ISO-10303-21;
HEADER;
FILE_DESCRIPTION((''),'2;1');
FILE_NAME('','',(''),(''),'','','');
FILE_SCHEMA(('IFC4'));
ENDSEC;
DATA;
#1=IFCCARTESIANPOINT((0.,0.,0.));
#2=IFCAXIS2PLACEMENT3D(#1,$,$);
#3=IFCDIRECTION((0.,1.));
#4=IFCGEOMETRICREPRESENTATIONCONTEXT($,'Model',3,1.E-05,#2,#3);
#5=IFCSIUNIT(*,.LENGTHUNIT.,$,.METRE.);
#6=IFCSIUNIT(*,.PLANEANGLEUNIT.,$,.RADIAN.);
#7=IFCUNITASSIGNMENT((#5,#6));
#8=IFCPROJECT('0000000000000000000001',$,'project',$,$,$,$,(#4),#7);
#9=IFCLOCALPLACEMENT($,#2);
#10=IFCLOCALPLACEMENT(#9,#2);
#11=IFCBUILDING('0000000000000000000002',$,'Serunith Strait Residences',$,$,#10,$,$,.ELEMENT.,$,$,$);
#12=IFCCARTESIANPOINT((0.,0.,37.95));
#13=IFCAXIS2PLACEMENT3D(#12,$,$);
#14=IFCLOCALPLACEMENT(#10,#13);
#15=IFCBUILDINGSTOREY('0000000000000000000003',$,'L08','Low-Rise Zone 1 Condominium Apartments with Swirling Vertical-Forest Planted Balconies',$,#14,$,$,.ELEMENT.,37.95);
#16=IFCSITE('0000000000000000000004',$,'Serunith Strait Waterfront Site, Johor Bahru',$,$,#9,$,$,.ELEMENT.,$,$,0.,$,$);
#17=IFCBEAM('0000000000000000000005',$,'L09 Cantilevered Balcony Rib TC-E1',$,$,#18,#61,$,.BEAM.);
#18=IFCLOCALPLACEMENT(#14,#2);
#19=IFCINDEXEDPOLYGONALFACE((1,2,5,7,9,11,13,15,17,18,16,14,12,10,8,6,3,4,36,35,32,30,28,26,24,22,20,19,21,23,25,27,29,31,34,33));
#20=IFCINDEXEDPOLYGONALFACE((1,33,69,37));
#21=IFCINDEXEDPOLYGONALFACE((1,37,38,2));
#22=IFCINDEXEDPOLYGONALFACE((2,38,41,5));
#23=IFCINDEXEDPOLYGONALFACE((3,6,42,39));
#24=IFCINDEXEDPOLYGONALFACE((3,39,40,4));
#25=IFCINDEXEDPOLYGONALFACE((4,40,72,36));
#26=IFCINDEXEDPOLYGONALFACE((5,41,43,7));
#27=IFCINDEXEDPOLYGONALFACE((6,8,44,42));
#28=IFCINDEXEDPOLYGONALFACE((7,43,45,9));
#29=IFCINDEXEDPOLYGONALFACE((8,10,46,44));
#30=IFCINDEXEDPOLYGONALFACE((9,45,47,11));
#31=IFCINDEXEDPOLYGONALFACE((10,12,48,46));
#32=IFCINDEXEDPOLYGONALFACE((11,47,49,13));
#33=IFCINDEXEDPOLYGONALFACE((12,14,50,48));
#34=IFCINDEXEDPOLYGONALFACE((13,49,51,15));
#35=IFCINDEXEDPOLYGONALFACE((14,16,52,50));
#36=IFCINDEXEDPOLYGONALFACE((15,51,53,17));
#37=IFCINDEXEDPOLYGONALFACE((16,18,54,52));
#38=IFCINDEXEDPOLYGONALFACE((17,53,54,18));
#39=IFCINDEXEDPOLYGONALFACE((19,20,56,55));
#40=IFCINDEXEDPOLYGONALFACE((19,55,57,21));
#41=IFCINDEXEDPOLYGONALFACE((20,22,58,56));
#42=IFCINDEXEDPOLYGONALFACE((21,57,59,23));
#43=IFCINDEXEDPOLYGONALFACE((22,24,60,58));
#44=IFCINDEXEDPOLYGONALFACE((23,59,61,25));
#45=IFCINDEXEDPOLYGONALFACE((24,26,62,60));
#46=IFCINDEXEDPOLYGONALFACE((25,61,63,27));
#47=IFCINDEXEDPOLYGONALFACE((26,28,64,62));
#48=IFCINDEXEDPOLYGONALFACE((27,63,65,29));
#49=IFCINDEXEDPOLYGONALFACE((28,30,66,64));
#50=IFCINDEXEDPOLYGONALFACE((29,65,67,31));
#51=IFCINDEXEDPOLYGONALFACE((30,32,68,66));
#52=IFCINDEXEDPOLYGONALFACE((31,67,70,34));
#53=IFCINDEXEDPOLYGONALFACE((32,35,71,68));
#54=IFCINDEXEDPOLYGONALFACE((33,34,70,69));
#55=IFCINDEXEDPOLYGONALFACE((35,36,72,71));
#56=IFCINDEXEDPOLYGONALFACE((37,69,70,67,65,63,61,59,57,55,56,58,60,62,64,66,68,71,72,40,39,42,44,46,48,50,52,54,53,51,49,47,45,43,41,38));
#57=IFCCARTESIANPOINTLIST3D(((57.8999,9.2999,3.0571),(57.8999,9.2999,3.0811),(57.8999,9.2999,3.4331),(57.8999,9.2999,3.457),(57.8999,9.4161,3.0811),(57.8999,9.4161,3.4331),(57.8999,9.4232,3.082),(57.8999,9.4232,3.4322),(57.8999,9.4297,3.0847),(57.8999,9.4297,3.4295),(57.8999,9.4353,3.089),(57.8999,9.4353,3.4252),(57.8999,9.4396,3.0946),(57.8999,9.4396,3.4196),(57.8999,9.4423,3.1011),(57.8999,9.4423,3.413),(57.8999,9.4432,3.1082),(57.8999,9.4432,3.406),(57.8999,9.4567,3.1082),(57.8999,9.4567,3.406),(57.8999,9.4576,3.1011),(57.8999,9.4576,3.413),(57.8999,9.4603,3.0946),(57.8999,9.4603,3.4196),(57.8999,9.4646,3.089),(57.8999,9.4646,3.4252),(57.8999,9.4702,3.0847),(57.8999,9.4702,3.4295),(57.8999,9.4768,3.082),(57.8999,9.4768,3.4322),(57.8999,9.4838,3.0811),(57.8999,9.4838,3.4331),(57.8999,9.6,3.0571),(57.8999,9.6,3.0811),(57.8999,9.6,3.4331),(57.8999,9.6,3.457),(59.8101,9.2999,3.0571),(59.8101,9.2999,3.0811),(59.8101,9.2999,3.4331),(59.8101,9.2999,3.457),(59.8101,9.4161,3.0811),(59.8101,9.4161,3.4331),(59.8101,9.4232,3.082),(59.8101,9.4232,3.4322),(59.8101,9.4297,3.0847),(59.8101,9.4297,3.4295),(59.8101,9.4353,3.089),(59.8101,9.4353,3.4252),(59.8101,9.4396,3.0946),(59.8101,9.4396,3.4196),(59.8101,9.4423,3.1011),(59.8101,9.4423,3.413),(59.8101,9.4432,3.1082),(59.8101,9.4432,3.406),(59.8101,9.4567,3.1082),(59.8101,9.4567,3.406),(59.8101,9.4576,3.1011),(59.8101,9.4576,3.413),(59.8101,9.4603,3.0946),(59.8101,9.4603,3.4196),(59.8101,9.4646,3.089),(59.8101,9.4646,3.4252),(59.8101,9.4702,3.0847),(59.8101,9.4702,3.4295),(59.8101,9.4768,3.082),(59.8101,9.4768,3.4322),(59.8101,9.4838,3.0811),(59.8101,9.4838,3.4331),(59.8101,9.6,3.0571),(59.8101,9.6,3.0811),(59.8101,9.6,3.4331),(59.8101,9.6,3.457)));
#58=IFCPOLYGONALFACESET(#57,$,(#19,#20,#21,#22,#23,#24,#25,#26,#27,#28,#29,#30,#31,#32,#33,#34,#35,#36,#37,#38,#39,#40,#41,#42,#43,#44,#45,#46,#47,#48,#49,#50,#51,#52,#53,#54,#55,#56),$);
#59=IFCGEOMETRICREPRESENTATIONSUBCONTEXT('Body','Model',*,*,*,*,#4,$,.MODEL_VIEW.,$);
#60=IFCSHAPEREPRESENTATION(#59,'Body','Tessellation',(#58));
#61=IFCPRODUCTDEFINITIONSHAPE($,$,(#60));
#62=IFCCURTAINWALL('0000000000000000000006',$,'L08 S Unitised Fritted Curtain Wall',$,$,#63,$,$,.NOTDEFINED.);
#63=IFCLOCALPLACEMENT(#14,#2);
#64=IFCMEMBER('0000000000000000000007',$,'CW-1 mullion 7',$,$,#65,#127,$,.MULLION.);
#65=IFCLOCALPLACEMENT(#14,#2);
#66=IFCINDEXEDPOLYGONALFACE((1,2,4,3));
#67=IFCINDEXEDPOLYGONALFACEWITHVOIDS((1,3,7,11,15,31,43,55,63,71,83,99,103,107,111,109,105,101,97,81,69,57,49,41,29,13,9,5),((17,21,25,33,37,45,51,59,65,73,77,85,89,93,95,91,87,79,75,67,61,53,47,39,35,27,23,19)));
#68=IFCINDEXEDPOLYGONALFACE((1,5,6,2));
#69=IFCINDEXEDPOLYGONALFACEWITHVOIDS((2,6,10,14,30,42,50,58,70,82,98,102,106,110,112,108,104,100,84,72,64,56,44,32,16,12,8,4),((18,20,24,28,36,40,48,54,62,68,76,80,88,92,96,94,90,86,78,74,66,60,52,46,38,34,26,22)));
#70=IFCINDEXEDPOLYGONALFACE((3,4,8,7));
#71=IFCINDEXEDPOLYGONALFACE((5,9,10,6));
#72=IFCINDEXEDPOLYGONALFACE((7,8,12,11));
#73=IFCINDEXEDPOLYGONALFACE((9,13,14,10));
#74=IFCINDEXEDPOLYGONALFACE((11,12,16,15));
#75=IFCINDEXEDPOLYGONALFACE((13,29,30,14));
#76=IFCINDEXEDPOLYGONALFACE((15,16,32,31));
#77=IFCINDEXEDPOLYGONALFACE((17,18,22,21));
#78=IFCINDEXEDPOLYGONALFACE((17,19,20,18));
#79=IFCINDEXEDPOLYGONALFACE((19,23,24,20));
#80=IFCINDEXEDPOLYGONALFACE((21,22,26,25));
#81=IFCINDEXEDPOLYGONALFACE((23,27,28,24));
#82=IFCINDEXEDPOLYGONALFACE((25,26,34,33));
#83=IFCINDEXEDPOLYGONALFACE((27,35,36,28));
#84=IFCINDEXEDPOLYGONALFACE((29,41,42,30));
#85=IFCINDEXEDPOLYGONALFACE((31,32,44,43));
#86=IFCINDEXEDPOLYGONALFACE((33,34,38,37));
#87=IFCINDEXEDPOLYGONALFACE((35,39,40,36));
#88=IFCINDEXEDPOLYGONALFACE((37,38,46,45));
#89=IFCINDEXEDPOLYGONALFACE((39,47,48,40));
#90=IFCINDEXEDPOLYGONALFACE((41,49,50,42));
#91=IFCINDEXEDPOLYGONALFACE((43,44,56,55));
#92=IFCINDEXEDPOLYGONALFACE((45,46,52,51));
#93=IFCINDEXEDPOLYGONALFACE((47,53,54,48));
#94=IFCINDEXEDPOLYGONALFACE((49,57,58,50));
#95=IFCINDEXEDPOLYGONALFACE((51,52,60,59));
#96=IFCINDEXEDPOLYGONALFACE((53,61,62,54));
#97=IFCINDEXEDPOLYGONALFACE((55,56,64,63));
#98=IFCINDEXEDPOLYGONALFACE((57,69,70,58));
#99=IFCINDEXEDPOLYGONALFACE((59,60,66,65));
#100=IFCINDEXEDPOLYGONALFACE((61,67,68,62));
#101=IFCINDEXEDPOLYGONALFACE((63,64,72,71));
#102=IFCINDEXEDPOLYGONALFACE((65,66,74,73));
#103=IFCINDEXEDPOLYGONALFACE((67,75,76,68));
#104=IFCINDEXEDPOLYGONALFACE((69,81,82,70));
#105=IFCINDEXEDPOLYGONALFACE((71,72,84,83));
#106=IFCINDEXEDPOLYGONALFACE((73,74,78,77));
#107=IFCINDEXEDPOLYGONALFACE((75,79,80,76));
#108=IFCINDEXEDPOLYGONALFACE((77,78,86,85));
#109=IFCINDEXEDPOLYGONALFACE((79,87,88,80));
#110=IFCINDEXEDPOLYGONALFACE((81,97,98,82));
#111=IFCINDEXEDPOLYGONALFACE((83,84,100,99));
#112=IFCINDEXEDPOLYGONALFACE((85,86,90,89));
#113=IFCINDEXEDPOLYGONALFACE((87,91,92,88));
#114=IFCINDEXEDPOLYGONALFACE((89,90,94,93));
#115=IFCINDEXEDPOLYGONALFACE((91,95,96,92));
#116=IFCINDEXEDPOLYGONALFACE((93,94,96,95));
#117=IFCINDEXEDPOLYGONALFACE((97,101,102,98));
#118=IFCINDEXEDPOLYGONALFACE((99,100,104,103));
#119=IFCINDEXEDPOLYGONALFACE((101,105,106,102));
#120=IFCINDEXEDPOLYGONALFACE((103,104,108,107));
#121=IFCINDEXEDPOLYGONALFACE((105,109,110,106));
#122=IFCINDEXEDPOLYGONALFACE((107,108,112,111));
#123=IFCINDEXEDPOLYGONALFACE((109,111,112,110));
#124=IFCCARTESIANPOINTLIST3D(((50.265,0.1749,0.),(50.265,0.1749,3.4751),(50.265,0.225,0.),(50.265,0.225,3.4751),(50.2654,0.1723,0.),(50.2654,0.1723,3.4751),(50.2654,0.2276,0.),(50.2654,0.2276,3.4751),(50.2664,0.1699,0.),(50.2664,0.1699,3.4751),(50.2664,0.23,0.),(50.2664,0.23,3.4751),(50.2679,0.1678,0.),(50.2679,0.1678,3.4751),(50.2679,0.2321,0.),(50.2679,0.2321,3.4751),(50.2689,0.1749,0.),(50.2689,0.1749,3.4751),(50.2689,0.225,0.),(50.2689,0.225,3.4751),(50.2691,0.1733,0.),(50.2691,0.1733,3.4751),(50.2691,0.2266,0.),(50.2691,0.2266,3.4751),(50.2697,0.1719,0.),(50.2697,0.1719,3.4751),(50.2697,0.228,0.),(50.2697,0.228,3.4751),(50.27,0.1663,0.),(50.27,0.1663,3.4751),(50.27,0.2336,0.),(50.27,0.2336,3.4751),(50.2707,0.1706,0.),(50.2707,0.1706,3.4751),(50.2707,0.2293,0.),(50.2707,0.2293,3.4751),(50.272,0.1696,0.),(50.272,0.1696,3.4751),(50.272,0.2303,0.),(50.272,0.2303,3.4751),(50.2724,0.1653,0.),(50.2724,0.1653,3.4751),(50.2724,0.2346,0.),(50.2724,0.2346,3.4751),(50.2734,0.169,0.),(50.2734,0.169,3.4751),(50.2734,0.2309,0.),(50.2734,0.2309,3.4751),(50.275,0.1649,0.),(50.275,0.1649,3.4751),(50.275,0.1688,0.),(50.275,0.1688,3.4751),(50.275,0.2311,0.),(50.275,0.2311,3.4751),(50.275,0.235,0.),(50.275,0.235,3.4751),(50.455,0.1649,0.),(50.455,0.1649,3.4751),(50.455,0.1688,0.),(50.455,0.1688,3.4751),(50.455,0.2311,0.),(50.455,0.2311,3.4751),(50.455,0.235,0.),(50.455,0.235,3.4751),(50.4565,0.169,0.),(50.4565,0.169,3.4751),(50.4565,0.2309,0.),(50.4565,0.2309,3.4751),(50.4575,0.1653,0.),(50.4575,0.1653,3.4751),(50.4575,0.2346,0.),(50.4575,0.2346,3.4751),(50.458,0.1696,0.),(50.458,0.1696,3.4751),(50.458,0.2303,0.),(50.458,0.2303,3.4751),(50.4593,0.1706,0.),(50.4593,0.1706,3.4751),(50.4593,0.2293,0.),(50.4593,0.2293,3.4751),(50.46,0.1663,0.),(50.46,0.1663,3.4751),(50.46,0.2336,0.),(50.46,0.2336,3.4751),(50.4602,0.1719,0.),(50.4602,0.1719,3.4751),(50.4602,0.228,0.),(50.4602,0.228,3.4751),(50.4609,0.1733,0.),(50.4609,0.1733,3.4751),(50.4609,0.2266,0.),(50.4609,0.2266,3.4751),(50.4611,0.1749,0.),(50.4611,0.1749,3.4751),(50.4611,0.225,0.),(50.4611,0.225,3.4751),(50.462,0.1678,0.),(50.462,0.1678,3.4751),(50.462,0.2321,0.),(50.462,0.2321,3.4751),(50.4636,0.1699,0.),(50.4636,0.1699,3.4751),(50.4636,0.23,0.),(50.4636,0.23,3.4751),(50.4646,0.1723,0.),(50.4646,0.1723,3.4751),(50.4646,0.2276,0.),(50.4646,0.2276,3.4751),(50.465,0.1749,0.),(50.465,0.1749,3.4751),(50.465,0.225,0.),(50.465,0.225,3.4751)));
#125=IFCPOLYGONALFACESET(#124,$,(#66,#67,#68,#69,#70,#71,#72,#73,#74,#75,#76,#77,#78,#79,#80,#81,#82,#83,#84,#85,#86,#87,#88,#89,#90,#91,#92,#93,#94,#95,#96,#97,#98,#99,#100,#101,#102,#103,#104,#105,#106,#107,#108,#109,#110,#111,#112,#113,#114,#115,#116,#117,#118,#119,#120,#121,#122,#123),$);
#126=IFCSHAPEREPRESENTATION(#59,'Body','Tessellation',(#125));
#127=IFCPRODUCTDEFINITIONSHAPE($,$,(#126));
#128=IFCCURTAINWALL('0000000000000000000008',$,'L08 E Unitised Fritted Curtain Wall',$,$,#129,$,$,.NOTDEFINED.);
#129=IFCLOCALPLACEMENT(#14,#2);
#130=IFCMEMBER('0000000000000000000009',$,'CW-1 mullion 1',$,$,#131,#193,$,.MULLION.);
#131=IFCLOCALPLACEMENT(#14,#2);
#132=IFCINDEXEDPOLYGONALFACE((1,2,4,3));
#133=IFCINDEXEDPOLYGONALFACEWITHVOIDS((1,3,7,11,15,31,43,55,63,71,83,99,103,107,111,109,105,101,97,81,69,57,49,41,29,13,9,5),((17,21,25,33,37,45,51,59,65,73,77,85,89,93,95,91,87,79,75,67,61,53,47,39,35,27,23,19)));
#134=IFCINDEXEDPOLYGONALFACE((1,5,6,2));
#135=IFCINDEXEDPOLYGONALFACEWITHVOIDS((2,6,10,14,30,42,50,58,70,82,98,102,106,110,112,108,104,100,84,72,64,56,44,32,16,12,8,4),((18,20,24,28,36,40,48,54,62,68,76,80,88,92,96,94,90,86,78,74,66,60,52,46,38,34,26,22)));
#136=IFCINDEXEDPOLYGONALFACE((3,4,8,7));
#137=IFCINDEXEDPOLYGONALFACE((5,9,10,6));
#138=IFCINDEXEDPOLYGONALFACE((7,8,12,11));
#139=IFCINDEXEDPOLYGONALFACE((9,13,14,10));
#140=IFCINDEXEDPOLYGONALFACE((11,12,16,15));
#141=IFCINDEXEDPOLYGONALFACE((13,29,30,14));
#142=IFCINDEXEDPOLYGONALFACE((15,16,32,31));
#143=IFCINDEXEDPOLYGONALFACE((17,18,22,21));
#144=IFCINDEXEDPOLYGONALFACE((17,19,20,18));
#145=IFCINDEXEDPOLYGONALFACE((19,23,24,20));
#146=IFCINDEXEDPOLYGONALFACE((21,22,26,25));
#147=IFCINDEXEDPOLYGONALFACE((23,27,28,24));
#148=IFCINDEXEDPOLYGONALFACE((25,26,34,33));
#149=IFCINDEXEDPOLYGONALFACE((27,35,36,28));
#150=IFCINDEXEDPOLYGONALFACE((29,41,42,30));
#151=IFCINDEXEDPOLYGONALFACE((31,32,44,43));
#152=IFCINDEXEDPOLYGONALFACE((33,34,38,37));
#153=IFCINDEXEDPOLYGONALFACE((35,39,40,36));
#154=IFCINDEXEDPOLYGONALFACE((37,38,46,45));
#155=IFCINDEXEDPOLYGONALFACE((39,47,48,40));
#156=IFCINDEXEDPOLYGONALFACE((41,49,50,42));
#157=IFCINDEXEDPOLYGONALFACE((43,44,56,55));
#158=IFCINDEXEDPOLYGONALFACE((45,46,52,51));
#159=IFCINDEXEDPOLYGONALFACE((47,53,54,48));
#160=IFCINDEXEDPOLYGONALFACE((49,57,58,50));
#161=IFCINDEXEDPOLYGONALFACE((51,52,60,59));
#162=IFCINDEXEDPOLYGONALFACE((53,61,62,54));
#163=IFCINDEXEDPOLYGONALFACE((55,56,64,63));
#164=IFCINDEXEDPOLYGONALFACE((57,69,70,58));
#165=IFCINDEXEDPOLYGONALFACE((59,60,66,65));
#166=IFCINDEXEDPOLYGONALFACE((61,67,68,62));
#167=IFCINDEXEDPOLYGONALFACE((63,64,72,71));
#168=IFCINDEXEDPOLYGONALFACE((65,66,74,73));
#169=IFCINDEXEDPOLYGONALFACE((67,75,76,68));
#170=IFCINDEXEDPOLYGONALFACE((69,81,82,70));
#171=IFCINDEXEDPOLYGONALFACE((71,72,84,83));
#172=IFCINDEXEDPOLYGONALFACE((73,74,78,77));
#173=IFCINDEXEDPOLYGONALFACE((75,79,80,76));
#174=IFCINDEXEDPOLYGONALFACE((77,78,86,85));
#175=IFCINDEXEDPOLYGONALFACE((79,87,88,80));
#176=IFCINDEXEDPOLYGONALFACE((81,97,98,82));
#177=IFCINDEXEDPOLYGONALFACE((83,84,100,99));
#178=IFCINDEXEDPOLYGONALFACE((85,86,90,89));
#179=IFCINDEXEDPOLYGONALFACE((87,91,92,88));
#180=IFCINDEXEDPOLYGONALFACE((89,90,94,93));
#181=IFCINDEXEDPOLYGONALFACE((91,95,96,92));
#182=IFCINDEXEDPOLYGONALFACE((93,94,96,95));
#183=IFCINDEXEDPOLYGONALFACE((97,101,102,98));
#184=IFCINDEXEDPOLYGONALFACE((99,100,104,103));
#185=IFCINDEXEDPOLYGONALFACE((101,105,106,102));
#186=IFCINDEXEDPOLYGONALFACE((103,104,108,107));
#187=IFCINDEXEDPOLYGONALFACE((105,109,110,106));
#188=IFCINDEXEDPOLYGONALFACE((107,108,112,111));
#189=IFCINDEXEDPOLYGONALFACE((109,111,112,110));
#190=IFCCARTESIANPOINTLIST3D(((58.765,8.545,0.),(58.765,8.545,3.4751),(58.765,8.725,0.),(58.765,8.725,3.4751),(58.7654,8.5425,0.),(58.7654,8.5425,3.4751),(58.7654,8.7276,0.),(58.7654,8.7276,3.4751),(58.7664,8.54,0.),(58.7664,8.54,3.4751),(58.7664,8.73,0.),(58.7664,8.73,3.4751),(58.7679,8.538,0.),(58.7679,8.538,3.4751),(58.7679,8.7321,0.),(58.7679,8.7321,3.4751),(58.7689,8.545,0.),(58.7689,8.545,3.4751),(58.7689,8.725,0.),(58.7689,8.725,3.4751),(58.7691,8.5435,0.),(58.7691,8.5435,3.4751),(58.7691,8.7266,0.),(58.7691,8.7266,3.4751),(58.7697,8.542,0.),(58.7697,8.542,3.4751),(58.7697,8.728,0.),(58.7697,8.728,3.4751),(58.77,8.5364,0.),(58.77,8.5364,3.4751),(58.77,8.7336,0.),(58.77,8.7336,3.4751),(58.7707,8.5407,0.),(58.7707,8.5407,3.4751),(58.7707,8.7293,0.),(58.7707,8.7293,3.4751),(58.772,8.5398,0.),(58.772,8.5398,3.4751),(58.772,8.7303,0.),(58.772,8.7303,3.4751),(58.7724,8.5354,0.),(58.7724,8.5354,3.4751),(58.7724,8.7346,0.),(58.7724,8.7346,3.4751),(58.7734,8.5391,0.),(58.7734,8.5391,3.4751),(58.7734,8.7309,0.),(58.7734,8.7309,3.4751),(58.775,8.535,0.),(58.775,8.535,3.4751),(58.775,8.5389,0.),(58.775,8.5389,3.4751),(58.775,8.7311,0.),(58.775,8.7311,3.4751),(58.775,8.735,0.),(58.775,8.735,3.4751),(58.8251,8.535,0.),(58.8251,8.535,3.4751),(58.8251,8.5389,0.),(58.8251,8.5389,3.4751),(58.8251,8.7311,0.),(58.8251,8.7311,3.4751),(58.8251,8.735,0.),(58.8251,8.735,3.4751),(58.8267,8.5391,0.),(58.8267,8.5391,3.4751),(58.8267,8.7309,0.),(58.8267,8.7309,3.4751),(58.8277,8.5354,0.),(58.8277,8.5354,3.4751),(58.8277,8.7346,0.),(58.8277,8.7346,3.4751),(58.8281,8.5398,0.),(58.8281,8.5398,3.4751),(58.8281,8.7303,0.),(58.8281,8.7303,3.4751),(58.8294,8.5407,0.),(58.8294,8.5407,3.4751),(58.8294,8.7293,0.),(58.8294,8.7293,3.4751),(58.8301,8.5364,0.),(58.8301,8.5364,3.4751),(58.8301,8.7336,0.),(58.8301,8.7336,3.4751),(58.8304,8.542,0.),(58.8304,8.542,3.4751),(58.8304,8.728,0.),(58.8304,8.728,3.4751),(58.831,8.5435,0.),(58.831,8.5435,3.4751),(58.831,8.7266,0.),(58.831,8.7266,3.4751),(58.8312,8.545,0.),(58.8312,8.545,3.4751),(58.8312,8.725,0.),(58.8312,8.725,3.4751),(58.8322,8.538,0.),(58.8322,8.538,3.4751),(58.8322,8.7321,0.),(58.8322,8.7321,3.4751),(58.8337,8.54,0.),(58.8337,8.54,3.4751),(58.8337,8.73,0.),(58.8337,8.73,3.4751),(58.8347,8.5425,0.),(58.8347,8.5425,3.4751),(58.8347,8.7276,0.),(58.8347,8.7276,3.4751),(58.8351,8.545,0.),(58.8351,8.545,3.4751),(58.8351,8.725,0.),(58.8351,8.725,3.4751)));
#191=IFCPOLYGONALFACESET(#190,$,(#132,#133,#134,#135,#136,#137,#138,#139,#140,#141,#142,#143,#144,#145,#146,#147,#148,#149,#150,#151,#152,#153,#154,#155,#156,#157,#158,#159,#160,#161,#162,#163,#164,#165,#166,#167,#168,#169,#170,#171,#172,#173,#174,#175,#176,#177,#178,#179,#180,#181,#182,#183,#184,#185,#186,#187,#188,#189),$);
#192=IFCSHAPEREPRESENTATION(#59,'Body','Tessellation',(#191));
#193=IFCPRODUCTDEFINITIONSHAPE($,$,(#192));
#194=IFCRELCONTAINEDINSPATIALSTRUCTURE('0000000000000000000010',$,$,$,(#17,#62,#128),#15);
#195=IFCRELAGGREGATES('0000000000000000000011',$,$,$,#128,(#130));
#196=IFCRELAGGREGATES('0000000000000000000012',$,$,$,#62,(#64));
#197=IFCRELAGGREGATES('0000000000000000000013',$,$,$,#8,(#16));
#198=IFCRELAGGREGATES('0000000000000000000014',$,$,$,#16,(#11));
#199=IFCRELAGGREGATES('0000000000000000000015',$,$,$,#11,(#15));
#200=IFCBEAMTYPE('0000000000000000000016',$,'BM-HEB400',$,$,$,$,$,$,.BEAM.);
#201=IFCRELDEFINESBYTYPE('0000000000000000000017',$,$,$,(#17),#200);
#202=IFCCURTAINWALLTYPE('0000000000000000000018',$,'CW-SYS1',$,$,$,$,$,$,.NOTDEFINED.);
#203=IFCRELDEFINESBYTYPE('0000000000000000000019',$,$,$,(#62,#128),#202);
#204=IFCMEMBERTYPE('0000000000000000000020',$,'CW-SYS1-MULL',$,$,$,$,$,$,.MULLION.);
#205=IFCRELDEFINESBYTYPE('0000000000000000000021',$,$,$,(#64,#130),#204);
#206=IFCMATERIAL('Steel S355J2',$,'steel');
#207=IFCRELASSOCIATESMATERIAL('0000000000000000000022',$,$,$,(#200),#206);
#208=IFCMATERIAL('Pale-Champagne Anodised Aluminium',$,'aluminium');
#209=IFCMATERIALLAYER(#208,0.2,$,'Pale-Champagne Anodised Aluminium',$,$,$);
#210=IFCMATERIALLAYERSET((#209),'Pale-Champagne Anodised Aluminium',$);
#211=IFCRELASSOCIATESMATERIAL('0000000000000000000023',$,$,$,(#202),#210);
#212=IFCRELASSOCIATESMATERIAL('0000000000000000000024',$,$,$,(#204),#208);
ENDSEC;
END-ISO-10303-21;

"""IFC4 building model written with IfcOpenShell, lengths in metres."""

from ifc_helpers import new_model, si_unit, direction, frame, origin, origin_2d, place, context, subcontext, project, spatial, hollow_rectangle, i_section, extrude, source, transform, mapped, material, layer, layer_set, material_profile, profile_set, type_object, element, aggregate, save


model = new_model("IFC4")

# Units and contexts
model_context = context("Model", 3, precision=1e-05, world=origin(), true_north=direction((0.0, 1.0)))
body_context = subcontext(model_context, "Body", "Model", "MODEL_VIEW")
ifc_project = project(units=[si_unit("LENGTHUNIT", "METRE"), si_unit("PLANEANGLEUNIT", "RADIAN")], contexts=[model_context])

# Site, building, storey
site_placement = place(None, origin())
site = spatial("IfcSite", under=ifc_project, at=site_placement, Name="Serunith Strait Waterfront Site, Johor Bahru", CompositionType="ELEMENT", RefElevation=0.0)
building_placement = place(site_placement, origin())
building = spatial("IfcBuilding", under=site, at=building_placement, Name="Serunith Strait Residences", CompositionType="ELEMENT")
storey_placement = place(building_placement, frame((0.0, 0.0, 37.95)))
storey = spatial("IfcBuildingStorey", under=building, at=storey_placement, Name="L08", Description="Low-Rise Zone 1 Condominium Apartments with Swirling Vertical-Forest Planted Balconies", CompositionType="ELEMENT", Elevation=37.95)

# Beam
ifc_material_1 = material(Name="Steel S355J2", Category="steel")
ifc_material_profile_1 = material_profile(ifc_material_1, i_section(OverallWidth=0.3, OverallDepth=0.3999, WebThickness=0.0134, FlangeThickness=0.0239, FilletRadius=0.0271, at=origin_2d()), Name="HEB 400")
ifc_profile_set_1 = profile_set([ifc_material_profile_1], Name="Steel S355J2")
beam_type_1 = type_object("IfcBeamType", Name="BM-HEB400", PredefinedType="BEAM", material=ifc_profile_set_1)
shared_shape_1 = source(origin(), body_context, "Body", "SweptSolid", [
    extrude(i_section(OverallWidth=0.3, OverallDepth=0.3999, WebThickness=0.0134, FlangeThickness=0.0239, FilletRadius=0.0271, at=origin_2d()), origin(), (0.0, 0.0, 1.0), 1.9102),
])
for number, where, z_axis, x_axis, name in (
    (1, (57.8999, 9.45, 3.2571), (1.0, 0.0, 0.0), (0.0, 1.0, 0.0), "L09 Cantilevered Balcony Rib TC-E1"),
):
    element("IfcBeam", number, at=place(storey_placement, frame(where, z_axis=z_axis, x_axis=x_axis)), inside=storey, type_object=beam_type_1, Name=name, PredefinedType="BEAM", context=body_context, shape_type="MappedRepresentation", body=[
        mapped(shared_shape_1, transform((0.0, 0.0, 0.0), scale=1.0)),
    ])

# Curtain wall, member
ifc_material_2 = material(Name="Pale-Champagne Anodised Aluminium", Category="aluminium")
ifc_layer_1 = layer(ifc_material_2, 0.2, Name="Pale-Champagne Anodised Aluminium")
ifc_layer_set_1 = layer_set([ifc_layer_1], Name="Pale-Champagne Anodised Aluminium")
curtain_wall_type = type_object("IfcCurtainWallType", Name="CW-SYS1", PredefinedType="NOTDEFINED", material=ifc_layer_set_1)
curtain_wall_1_placement = place(storey_placement, origin())
curtain_wall_1 = element("IfcCurtainWall", 2, at=curtain_wall_1_placement, inside=storey, type_object=curtain_wall_type, Name="L08 S Unitised Fritted Curtain Wall", PredefinedType="NOTDEFINED")
ifc_material_profile_2 = material_profile(ifc_material_2, hollow_rectangle(XDim=0.0701, YDim=0.2, WallThickness=0.0039, InnerFilletRadius=0.0061, OuterFilletRadius=0.01, at=origin_2d()), Name="ALU 200x70x4")
ifc_profile_set_2 = profile_set([ifc_material_profile_2], Name="Pale-Champagne Anodised Aluminium")
member_type_1 = type_object("IfcMemberType", Name="CW-SYS1-MULL", PredefinedType="MULLION", material=ifc_profile_set_2)
shared_shape_2 = source(origin(), body_context, "Body", "SweptSolid", [
    extrude(hollow_rectangle(XDim=0.0701, YDim=0.2, WallThickness=0.0039, InnerFilletRadius=0.0061, OuterFilletRadius=0.01, at=origin_2d()), origin(), (0.0, 0.0, 1.0), 3.4751),
])
member_1_placement = place(storey_placement, frame((50.365, 0.2, 0.0), z_axis=(0.0, 0.0, 1.0), x_axis=(0.0, 1.0, 0.0)))
member_1 = element("IfcMember", 3, at=member_1_placement, type_object=member_type_1, Name="CW-1 mullion 7", PredefinedType="MULLION", context=body_context, shape_type="MappedRepresentation", body=[
    mapped(shared_shape_2, transform((0.0, 0.0, 0.0), scale=1.0)),
])

# Curtain wall, member
curtain_wall_2_placement = place(storey_placement, origin())
curtain_wall_2 = element("IfcCurtainWall", 4, at=curtain_wall_2_placement, inside=storey, type_object=curtain_wall_type, Name="L08 E Unitised Fritted Curtain Wall", PredefinedType="NOTDEFINED")
member_2_placement = place(storey_placement, frame((58.8, 8.635, 0.0), z_axis=(0.0, 0.0, 1.0), x_axis=(-1.0, 0.0, 0.0)))
member_2 = element("IfcMember", 5, at=member_2_placement, type_object=member_type_1, Name="CW-1 mullion 1", PredefinedType="MULLION", context=body_context, shape_type="MappedRepresentation", body=[
    mapped(shared_shape_2, transform((0.0, 0.0, 0.0), scale=1.0)),
])
aggregate(curtain_wall_2, [member_2])

aggregate(curtain_wall_1, [member_1])

save(model, "model.ifc")
